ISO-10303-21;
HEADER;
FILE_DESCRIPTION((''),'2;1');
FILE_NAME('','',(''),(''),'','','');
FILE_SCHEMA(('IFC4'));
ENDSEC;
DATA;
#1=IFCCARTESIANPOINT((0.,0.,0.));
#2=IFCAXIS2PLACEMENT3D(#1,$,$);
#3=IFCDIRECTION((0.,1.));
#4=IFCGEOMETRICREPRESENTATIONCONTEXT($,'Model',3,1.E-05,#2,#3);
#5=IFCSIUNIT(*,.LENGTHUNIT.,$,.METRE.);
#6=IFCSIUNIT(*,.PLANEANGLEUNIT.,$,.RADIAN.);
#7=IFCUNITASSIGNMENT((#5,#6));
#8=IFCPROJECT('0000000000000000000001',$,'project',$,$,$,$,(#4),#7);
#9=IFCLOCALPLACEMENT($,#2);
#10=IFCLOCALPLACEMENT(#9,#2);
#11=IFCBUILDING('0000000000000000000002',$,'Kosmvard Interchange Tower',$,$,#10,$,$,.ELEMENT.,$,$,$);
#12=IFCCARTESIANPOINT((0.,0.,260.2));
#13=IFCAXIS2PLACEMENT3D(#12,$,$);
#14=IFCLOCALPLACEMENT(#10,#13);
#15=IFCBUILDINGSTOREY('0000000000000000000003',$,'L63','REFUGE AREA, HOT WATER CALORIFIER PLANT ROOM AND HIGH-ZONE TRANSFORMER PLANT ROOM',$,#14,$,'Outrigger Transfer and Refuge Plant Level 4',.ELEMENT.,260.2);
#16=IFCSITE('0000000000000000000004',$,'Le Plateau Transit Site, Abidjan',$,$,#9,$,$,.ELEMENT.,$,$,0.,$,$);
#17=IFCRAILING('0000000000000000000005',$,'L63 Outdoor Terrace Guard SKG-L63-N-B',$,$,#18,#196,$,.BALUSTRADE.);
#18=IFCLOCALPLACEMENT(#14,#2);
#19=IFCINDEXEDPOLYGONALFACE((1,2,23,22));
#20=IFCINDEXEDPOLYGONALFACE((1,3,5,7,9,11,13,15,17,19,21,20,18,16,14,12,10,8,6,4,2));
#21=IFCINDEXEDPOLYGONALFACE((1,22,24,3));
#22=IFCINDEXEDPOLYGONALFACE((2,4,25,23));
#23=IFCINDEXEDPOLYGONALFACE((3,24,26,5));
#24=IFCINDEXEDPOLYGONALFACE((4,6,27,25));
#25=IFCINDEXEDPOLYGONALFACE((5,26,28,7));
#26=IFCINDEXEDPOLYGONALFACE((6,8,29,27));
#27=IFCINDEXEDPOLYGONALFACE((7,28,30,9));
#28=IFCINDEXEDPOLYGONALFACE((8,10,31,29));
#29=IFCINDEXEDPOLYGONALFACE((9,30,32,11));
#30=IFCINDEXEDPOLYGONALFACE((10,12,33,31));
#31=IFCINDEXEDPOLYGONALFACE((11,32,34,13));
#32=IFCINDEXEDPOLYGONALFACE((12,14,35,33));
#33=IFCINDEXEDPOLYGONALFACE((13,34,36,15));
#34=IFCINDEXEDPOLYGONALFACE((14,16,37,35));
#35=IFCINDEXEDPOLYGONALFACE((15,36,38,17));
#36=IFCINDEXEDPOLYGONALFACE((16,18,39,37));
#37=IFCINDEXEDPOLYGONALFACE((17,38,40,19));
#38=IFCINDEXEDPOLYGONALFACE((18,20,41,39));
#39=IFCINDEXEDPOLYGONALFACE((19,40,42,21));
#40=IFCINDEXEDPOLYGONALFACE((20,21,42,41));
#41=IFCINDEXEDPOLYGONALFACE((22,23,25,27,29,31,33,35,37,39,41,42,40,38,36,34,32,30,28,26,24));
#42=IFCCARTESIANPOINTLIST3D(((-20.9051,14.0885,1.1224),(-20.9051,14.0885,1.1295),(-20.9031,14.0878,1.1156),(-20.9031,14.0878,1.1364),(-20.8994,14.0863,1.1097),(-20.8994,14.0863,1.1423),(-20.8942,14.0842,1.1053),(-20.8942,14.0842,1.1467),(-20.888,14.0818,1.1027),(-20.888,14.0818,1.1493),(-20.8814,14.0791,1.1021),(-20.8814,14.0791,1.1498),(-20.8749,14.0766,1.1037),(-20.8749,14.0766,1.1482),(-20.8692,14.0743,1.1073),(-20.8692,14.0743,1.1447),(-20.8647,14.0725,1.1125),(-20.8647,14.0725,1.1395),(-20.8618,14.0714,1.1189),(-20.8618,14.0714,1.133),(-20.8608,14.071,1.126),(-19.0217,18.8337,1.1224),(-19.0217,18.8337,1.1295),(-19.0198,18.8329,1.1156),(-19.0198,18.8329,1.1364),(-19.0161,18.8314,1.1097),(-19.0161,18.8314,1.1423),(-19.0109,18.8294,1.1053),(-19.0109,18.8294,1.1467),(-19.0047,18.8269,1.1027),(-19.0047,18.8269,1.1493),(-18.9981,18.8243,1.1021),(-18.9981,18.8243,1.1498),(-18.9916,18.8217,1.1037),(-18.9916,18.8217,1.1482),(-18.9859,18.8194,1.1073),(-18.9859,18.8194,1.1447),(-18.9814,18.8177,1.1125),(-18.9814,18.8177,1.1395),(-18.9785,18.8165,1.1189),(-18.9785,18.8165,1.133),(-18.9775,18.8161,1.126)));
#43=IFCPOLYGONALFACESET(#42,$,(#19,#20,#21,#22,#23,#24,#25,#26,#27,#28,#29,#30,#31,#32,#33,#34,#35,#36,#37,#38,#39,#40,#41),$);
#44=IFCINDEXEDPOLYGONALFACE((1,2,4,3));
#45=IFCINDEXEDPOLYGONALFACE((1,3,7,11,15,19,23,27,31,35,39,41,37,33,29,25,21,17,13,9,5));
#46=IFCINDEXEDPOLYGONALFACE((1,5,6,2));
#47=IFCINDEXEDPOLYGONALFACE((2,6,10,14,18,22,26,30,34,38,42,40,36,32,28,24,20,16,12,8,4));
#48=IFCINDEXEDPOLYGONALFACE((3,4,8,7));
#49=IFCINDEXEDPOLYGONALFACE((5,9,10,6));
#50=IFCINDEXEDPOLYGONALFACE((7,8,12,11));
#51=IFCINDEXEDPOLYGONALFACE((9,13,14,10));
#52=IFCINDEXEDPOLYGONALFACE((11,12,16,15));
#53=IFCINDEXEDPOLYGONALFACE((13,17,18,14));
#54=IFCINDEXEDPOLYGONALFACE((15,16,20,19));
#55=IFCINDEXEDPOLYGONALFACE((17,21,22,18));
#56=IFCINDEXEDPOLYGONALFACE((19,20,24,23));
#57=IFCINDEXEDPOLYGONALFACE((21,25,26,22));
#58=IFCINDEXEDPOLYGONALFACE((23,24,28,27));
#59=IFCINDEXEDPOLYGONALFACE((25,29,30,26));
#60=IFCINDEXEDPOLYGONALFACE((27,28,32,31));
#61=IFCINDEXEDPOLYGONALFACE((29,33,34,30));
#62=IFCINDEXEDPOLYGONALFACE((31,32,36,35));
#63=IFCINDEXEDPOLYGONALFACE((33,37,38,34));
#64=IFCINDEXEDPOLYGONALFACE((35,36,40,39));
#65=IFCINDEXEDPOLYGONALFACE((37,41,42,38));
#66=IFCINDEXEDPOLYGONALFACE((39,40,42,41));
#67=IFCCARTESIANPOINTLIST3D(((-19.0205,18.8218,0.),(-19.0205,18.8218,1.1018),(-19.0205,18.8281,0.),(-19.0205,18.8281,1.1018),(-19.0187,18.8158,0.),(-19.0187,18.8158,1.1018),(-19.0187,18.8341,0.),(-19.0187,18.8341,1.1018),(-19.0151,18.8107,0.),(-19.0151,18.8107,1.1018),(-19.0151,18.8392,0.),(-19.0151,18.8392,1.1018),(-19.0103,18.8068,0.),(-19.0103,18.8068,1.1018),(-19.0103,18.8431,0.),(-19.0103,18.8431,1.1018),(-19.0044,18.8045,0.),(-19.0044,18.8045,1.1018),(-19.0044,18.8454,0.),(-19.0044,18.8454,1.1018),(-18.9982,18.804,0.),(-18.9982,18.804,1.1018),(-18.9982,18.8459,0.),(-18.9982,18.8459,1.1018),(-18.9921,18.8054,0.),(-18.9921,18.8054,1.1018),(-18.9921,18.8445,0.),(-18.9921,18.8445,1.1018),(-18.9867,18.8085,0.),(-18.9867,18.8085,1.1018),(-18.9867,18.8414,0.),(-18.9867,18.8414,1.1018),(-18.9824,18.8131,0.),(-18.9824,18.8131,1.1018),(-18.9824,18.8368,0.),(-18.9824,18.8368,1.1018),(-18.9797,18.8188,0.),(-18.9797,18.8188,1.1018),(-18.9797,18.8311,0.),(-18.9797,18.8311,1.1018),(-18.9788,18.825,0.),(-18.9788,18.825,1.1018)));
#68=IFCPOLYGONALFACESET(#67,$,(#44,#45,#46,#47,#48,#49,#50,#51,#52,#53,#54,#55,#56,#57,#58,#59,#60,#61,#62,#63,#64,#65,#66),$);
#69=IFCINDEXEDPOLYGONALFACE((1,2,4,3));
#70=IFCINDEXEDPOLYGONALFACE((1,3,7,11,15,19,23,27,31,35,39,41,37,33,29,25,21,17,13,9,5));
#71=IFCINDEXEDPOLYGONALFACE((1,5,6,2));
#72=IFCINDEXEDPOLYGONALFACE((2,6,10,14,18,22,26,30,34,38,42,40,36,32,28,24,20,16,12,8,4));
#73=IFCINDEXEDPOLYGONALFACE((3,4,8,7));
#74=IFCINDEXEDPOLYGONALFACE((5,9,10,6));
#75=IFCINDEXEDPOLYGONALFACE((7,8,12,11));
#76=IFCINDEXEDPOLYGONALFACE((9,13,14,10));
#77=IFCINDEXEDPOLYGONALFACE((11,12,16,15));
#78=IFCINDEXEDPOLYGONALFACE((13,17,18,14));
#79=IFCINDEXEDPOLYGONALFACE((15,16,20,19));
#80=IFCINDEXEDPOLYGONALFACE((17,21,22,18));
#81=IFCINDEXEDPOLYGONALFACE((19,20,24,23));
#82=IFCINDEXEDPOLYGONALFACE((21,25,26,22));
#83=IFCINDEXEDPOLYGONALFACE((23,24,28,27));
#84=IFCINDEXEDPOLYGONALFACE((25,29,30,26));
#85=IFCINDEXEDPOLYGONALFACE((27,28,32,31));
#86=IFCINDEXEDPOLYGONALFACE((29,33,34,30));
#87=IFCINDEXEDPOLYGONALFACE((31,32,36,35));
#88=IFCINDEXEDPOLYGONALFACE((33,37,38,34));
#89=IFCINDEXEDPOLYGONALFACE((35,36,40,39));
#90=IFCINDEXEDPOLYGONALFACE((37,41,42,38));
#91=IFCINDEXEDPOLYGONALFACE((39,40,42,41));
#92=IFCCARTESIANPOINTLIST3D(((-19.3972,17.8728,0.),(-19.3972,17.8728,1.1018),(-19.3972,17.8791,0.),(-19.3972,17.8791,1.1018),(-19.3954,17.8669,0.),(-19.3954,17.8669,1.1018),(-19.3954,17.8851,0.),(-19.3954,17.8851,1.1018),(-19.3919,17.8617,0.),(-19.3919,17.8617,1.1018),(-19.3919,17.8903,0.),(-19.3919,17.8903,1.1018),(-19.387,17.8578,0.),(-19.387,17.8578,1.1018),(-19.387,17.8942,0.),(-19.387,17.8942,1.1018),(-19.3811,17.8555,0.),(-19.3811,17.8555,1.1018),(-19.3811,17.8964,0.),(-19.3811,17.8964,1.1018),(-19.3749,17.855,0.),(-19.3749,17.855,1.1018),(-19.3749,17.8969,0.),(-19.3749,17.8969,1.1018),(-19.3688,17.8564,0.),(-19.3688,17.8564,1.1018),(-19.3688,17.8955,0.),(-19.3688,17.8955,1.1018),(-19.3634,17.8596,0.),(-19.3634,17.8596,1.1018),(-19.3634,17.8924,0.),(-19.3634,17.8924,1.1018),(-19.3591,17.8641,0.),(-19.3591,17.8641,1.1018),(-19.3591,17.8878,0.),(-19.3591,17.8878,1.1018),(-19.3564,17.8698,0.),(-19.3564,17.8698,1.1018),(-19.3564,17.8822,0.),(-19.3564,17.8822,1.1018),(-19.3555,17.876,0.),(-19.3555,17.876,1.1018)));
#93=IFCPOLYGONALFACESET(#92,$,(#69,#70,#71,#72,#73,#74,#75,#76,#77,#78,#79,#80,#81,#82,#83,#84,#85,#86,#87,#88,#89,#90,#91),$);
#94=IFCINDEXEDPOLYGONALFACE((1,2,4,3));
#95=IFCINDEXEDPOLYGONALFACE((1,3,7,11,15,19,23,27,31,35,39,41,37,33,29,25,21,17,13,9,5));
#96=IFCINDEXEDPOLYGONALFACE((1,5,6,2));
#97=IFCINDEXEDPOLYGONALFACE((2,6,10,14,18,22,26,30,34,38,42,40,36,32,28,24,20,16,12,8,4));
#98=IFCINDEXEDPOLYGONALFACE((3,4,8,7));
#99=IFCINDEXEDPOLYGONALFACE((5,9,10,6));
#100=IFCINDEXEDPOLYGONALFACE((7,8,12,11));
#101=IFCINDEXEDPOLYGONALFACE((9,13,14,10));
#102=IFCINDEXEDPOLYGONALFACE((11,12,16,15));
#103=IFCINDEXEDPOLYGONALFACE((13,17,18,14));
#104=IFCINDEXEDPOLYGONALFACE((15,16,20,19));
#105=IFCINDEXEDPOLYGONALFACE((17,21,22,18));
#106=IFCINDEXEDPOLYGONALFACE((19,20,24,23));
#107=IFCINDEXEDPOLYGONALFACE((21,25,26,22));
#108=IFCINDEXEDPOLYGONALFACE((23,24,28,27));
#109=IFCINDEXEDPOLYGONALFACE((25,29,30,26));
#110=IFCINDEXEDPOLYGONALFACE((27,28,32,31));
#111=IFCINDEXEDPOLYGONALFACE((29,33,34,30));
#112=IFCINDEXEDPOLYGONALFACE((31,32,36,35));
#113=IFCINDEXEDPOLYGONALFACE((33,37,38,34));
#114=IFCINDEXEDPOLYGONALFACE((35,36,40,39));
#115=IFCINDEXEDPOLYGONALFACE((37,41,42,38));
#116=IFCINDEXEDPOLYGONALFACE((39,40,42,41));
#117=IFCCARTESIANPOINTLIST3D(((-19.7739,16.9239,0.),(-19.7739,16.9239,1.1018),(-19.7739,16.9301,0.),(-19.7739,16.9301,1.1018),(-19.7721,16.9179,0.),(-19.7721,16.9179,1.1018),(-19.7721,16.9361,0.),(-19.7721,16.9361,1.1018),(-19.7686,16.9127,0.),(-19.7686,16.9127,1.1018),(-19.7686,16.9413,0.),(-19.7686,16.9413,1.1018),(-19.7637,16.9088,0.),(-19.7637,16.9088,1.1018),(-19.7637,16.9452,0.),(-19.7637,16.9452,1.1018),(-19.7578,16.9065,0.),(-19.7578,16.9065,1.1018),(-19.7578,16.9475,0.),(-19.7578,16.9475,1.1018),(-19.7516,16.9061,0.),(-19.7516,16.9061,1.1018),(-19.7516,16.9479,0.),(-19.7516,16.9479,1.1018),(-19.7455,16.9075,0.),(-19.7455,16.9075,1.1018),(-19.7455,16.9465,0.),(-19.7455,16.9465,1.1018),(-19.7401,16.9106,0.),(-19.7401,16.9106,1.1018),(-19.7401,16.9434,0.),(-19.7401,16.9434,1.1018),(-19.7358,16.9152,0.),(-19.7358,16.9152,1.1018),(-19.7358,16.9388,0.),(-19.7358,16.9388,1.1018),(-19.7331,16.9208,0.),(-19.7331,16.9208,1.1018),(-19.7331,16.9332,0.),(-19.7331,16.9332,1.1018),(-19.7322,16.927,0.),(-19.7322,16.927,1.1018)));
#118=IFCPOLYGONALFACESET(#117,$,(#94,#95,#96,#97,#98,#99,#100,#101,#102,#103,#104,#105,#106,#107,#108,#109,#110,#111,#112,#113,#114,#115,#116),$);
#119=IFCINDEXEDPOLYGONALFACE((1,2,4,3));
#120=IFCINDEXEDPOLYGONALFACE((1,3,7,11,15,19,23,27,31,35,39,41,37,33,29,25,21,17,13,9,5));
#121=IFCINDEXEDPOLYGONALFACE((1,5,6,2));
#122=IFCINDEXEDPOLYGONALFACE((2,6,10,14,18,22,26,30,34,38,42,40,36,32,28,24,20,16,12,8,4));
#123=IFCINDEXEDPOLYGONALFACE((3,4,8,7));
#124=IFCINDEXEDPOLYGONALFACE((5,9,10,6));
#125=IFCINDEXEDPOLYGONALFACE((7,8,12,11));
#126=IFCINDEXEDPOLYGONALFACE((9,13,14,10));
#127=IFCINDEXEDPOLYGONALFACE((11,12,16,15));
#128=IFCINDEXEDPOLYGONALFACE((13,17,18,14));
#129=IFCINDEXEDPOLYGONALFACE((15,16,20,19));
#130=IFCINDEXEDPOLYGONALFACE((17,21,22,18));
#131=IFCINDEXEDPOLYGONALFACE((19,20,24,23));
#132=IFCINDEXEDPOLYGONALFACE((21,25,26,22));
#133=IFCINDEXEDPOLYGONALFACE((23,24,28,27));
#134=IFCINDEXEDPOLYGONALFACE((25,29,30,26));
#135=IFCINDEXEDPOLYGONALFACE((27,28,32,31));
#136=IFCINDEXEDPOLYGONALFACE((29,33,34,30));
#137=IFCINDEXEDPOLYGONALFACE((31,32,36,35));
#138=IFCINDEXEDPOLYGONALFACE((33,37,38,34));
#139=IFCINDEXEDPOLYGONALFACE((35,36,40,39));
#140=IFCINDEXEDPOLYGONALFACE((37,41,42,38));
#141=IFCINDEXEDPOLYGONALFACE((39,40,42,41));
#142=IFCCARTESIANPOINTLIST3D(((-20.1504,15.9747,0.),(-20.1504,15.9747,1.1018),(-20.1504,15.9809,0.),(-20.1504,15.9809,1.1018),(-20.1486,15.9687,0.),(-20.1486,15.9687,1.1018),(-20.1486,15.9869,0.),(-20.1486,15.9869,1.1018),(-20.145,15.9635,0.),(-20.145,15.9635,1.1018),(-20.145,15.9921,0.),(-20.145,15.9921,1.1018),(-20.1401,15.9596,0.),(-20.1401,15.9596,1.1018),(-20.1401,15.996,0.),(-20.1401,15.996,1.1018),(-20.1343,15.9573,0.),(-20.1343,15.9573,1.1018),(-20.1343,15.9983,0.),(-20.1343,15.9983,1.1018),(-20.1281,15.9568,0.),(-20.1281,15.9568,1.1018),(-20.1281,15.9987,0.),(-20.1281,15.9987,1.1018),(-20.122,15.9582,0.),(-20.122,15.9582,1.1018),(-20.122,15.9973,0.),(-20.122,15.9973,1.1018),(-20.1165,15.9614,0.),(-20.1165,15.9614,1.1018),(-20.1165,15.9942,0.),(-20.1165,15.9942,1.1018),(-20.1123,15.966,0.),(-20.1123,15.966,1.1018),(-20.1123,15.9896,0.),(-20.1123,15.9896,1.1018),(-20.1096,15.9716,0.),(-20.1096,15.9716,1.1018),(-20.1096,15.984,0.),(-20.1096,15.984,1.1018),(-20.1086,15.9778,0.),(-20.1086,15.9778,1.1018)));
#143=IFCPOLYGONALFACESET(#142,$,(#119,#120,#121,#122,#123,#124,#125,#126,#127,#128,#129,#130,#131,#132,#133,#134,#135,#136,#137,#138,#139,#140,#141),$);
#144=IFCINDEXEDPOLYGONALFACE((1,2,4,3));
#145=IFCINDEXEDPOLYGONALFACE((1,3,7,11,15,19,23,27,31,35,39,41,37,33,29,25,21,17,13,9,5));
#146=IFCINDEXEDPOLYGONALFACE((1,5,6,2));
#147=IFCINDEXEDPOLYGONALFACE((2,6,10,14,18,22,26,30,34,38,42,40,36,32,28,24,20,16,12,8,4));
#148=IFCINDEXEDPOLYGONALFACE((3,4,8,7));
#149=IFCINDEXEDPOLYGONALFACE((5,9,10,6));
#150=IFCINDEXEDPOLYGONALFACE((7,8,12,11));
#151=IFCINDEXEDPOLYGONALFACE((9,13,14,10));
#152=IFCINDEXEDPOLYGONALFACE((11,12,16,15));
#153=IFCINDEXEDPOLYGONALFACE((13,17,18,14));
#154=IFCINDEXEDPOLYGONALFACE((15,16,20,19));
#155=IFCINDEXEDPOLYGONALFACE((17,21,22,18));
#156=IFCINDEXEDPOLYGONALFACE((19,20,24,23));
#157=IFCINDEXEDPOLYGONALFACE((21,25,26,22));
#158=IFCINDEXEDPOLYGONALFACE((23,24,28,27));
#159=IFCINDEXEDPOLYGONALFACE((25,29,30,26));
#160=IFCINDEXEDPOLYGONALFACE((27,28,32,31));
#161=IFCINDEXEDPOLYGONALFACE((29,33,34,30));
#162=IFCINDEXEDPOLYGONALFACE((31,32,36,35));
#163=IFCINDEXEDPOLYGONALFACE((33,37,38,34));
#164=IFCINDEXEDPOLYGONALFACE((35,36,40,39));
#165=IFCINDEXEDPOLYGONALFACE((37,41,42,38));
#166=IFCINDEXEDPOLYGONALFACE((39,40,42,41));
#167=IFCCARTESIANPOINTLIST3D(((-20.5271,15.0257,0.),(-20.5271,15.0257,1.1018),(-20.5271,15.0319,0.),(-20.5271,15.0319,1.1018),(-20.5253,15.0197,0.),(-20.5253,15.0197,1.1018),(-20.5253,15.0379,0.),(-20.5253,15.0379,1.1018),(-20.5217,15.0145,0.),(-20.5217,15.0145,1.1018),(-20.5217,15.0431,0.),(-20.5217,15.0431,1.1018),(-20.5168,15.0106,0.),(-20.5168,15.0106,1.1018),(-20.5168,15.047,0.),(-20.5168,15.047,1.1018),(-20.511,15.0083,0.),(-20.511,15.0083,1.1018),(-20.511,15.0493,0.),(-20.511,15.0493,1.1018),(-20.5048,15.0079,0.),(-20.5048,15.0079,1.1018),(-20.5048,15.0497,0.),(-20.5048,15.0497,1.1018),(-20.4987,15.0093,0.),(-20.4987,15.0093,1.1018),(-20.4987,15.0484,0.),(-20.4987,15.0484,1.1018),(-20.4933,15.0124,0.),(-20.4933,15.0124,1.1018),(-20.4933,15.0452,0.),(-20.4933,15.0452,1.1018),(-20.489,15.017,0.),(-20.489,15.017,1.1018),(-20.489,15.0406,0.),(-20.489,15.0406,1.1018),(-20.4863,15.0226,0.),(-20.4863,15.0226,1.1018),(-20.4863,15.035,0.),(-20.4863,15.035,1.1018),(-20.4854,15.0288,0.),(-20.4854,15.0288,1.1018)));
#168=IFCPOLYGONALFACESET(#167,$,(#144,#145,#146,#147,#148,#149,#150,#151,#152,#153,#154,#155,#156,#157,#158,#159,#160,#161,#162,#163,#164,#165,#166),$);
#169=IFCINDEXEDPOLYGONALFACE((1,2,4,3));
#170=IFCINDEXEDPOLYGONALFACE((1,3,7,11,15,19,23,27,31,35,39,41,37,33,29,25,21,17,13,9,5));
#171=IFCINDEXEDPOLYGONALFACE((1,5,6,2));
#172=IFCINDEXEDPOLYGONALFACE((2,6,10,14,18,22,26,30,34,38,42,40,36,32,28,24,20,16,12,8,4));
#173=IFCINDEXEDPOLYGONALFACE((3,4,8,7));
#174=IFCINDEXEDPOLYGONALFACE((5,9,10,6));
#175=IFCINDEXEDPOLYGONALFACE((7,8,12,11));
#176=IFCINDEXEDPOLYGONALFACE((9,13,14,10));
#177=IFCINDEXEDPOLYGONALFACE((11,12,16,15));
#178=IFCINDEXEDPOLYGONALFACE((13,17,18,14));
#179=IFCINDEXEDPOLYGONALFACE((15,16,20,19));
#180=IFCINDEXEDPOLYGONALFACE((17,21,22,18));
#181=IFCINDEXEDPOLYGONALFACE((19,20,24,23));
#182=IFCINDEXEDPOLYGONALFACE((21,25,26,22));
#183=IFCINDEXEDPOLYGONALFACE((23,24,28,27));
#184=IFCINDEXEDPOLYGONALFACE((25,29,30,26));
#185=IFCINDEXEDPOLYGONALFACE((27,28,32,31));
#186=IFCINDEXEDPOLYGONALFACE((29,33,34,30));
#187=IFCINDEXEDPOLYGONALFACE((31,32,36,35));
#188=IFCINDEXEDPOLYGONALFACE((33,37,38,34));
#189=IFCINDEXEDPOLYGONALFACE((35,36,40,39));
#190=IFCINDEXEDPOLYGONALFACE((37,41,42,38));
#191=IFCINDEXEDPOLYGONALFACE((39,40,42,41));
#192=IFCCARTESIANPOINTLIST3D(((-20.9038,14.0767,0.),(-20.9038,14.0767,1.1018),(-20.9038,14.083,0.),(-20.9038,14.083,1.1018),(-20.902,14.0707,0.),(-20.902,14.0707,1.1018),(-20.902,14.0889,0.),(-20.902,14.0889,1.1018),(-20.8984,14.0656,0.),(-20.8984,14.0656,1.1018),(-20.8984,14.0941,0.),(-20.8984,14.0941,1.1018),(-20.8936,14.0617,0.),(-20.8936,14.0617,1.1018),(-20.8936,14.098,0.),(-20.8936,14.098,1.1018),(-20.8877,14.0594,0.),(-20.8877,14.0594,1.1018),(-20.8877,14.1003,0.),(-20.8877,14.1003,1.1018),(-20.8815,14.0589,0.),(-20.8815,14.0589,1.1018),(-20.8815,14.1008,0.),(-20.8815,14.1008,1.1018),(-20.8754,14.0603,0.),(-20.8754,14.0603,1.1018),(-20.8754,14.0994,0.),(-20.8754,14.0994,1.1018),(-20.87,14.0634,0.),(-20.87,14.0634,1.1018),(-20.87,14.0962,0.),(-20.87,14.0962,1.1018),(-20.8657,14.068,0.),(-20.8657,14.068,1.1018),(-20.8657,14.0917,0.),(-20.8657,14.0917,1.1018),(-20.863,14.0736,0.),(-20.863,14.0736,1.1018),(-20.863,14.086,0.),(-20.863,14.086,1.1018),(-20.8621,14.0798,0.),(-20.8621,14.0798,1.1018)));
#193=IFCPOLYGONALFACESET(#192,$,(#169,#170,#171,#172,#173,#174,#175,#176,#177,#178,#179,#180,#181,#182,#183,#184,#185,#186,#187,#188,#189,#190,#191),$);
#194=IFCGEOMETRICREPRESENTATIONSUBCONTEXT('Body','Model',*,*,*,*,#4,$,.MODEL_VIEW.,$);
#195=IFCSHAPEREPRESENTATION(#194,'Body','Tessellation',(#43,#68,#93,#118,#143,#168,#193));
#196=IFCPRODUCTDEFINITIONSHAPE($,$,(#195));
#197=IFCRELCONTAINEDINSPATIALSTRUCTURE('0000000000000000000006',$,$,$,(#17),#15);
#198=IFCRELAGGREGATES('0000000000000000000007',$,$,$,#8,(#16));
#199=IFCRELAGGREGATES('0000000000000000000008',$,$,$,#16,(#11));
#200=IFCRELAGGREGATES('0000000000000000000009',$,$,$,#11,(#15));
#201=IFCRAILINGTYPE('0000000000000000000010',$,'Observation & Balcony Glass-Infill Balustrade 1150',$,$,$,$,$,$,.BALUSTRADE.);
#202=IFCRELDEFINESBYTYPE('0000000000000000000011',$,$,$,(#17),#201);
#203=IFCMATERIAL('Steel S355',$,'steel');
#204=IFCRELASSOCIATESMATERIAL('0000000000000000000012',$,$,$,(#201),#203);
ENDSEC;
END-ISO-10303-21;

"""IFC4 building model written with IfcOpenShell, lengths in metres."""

from ifc_helpers import new_model, si_unit, direction, frame, origin, origin_2d, place, context, subcontext, project, spatial, circle, extrude, source, transform, mapped, material, type_object, element, save


model = new_model("IFC4")

# Units and contexts
model_context = context("Model", 3, precision=1e-05, world=origin(), true_north=direction((0.0, 1.0)))
body_context = subcontext(model_context, "Body", "Model", "MODEL_VIEW")
ifc_project = project(units=[si_unit("LENGTHUNIT", "METRE"), si_unit("PLANEANGLEUNIT", "RADIAN")], contexts=[model_context])

# Site, building, storey
site_placement = place(None, origin())
site = spatial("IfcSite", under=ifc_project, at=site_placement, Name="Le Plateau Transit Site, Abidjan", CompositionType="ELEMENT", RefElevation=0.0)
building_placement = place(site_placement, origin())
building = spatial("IfcBuilding", under=site, at=building_placement, Name="Kosmvard Interchange Tower", CompositionType="ELEMENT")
storey_placement = place(building_placement, frame((0.0, 0.0, 260.2)))
storey = spatial("IfcBuildingStorey", under=building, at=storey_placement, Name="L63", Description="REFUGE AREA, HOT WATER CALORIFIER PLANT ROOM AND HIGH-ZONE TRANSFORMER PLANT ROOM", LongName="Outrigger Transfer and Refuge Plant Level 4", CompositionType="ELEMENT", Elevation=260.2)

# Shared definitions
ifc_material_1 = material(Name="Steel S355", Category="steel")

# Railing
railing_type = type_object("IfcRailingType", Name="Observation & Balcony Glass-Infill Balustrade 1150", PredefinedType="BALUSTRADE", material=ifc_material_1)
shared_shape_1 = source(origin(), body_context, "Body", "SweptSolid", [
    extrude(circle(Radius=0.0239, at=origin_2d()), frame((0.0, 0.0, 1.126), z_axis=(-0.368899, -0.929469, 0.0), x_axis=(0.929469, -0.368899, 0.0)), (0.0, 0.0, 1.0), 5.1052),
    extrude(circle(Radius=0.021, at=origin_2d()), origin(), (0.0, 0.0, 1.0), 1.1018),
    extrude(circle(Radius=0.021, at=origin_2d()), frame((-0.3767, -0.949, 0.0)), (0.0, 0.0, 1.0), 1.1018),
    extrude(circle(Radius=0.021, at=origin_2d()), frame((-0.7534, -1.8979, 0.0)), (0.0, 0.0, 1.0), 1.1018),
    extrude(circle(Radius=0.021, at=origin_2d()), frame((-1.1299, -2.8472, 0.0)), (0.0, 0.0, 1.0), 1.1018),
    extrude(circle(Radius=0.021, at=origin_2d()), frame((-1.5066, -3.7961, 0.0)), (0.0, 0.0, 1.0), 1.1018),
    extrude(circle(Radius=0.021, at=origin_2d()), frame((-1.8833, -4.7451, 0.0)), (0.0, 0.0, 1.0), 1.1018),
])
railing_1_placement = place(storey_placement, frame((-18.9998, 18.825, 0.0)))
element("IfcRailing", 1, at=railing_1_placement, inside=storey, type_object=railing_type, Name="L63 Outdoor Terrace Guard SKG-L63-N-B", PredefinedType="BALUSTRADE", context=body_context, shape_type="MappedRepresentation", body=[
    mapped(shared_shape_1, transform((0.0, 0.0, 0.0), scale=1.0)),
])

save(model, "model.ifc")
